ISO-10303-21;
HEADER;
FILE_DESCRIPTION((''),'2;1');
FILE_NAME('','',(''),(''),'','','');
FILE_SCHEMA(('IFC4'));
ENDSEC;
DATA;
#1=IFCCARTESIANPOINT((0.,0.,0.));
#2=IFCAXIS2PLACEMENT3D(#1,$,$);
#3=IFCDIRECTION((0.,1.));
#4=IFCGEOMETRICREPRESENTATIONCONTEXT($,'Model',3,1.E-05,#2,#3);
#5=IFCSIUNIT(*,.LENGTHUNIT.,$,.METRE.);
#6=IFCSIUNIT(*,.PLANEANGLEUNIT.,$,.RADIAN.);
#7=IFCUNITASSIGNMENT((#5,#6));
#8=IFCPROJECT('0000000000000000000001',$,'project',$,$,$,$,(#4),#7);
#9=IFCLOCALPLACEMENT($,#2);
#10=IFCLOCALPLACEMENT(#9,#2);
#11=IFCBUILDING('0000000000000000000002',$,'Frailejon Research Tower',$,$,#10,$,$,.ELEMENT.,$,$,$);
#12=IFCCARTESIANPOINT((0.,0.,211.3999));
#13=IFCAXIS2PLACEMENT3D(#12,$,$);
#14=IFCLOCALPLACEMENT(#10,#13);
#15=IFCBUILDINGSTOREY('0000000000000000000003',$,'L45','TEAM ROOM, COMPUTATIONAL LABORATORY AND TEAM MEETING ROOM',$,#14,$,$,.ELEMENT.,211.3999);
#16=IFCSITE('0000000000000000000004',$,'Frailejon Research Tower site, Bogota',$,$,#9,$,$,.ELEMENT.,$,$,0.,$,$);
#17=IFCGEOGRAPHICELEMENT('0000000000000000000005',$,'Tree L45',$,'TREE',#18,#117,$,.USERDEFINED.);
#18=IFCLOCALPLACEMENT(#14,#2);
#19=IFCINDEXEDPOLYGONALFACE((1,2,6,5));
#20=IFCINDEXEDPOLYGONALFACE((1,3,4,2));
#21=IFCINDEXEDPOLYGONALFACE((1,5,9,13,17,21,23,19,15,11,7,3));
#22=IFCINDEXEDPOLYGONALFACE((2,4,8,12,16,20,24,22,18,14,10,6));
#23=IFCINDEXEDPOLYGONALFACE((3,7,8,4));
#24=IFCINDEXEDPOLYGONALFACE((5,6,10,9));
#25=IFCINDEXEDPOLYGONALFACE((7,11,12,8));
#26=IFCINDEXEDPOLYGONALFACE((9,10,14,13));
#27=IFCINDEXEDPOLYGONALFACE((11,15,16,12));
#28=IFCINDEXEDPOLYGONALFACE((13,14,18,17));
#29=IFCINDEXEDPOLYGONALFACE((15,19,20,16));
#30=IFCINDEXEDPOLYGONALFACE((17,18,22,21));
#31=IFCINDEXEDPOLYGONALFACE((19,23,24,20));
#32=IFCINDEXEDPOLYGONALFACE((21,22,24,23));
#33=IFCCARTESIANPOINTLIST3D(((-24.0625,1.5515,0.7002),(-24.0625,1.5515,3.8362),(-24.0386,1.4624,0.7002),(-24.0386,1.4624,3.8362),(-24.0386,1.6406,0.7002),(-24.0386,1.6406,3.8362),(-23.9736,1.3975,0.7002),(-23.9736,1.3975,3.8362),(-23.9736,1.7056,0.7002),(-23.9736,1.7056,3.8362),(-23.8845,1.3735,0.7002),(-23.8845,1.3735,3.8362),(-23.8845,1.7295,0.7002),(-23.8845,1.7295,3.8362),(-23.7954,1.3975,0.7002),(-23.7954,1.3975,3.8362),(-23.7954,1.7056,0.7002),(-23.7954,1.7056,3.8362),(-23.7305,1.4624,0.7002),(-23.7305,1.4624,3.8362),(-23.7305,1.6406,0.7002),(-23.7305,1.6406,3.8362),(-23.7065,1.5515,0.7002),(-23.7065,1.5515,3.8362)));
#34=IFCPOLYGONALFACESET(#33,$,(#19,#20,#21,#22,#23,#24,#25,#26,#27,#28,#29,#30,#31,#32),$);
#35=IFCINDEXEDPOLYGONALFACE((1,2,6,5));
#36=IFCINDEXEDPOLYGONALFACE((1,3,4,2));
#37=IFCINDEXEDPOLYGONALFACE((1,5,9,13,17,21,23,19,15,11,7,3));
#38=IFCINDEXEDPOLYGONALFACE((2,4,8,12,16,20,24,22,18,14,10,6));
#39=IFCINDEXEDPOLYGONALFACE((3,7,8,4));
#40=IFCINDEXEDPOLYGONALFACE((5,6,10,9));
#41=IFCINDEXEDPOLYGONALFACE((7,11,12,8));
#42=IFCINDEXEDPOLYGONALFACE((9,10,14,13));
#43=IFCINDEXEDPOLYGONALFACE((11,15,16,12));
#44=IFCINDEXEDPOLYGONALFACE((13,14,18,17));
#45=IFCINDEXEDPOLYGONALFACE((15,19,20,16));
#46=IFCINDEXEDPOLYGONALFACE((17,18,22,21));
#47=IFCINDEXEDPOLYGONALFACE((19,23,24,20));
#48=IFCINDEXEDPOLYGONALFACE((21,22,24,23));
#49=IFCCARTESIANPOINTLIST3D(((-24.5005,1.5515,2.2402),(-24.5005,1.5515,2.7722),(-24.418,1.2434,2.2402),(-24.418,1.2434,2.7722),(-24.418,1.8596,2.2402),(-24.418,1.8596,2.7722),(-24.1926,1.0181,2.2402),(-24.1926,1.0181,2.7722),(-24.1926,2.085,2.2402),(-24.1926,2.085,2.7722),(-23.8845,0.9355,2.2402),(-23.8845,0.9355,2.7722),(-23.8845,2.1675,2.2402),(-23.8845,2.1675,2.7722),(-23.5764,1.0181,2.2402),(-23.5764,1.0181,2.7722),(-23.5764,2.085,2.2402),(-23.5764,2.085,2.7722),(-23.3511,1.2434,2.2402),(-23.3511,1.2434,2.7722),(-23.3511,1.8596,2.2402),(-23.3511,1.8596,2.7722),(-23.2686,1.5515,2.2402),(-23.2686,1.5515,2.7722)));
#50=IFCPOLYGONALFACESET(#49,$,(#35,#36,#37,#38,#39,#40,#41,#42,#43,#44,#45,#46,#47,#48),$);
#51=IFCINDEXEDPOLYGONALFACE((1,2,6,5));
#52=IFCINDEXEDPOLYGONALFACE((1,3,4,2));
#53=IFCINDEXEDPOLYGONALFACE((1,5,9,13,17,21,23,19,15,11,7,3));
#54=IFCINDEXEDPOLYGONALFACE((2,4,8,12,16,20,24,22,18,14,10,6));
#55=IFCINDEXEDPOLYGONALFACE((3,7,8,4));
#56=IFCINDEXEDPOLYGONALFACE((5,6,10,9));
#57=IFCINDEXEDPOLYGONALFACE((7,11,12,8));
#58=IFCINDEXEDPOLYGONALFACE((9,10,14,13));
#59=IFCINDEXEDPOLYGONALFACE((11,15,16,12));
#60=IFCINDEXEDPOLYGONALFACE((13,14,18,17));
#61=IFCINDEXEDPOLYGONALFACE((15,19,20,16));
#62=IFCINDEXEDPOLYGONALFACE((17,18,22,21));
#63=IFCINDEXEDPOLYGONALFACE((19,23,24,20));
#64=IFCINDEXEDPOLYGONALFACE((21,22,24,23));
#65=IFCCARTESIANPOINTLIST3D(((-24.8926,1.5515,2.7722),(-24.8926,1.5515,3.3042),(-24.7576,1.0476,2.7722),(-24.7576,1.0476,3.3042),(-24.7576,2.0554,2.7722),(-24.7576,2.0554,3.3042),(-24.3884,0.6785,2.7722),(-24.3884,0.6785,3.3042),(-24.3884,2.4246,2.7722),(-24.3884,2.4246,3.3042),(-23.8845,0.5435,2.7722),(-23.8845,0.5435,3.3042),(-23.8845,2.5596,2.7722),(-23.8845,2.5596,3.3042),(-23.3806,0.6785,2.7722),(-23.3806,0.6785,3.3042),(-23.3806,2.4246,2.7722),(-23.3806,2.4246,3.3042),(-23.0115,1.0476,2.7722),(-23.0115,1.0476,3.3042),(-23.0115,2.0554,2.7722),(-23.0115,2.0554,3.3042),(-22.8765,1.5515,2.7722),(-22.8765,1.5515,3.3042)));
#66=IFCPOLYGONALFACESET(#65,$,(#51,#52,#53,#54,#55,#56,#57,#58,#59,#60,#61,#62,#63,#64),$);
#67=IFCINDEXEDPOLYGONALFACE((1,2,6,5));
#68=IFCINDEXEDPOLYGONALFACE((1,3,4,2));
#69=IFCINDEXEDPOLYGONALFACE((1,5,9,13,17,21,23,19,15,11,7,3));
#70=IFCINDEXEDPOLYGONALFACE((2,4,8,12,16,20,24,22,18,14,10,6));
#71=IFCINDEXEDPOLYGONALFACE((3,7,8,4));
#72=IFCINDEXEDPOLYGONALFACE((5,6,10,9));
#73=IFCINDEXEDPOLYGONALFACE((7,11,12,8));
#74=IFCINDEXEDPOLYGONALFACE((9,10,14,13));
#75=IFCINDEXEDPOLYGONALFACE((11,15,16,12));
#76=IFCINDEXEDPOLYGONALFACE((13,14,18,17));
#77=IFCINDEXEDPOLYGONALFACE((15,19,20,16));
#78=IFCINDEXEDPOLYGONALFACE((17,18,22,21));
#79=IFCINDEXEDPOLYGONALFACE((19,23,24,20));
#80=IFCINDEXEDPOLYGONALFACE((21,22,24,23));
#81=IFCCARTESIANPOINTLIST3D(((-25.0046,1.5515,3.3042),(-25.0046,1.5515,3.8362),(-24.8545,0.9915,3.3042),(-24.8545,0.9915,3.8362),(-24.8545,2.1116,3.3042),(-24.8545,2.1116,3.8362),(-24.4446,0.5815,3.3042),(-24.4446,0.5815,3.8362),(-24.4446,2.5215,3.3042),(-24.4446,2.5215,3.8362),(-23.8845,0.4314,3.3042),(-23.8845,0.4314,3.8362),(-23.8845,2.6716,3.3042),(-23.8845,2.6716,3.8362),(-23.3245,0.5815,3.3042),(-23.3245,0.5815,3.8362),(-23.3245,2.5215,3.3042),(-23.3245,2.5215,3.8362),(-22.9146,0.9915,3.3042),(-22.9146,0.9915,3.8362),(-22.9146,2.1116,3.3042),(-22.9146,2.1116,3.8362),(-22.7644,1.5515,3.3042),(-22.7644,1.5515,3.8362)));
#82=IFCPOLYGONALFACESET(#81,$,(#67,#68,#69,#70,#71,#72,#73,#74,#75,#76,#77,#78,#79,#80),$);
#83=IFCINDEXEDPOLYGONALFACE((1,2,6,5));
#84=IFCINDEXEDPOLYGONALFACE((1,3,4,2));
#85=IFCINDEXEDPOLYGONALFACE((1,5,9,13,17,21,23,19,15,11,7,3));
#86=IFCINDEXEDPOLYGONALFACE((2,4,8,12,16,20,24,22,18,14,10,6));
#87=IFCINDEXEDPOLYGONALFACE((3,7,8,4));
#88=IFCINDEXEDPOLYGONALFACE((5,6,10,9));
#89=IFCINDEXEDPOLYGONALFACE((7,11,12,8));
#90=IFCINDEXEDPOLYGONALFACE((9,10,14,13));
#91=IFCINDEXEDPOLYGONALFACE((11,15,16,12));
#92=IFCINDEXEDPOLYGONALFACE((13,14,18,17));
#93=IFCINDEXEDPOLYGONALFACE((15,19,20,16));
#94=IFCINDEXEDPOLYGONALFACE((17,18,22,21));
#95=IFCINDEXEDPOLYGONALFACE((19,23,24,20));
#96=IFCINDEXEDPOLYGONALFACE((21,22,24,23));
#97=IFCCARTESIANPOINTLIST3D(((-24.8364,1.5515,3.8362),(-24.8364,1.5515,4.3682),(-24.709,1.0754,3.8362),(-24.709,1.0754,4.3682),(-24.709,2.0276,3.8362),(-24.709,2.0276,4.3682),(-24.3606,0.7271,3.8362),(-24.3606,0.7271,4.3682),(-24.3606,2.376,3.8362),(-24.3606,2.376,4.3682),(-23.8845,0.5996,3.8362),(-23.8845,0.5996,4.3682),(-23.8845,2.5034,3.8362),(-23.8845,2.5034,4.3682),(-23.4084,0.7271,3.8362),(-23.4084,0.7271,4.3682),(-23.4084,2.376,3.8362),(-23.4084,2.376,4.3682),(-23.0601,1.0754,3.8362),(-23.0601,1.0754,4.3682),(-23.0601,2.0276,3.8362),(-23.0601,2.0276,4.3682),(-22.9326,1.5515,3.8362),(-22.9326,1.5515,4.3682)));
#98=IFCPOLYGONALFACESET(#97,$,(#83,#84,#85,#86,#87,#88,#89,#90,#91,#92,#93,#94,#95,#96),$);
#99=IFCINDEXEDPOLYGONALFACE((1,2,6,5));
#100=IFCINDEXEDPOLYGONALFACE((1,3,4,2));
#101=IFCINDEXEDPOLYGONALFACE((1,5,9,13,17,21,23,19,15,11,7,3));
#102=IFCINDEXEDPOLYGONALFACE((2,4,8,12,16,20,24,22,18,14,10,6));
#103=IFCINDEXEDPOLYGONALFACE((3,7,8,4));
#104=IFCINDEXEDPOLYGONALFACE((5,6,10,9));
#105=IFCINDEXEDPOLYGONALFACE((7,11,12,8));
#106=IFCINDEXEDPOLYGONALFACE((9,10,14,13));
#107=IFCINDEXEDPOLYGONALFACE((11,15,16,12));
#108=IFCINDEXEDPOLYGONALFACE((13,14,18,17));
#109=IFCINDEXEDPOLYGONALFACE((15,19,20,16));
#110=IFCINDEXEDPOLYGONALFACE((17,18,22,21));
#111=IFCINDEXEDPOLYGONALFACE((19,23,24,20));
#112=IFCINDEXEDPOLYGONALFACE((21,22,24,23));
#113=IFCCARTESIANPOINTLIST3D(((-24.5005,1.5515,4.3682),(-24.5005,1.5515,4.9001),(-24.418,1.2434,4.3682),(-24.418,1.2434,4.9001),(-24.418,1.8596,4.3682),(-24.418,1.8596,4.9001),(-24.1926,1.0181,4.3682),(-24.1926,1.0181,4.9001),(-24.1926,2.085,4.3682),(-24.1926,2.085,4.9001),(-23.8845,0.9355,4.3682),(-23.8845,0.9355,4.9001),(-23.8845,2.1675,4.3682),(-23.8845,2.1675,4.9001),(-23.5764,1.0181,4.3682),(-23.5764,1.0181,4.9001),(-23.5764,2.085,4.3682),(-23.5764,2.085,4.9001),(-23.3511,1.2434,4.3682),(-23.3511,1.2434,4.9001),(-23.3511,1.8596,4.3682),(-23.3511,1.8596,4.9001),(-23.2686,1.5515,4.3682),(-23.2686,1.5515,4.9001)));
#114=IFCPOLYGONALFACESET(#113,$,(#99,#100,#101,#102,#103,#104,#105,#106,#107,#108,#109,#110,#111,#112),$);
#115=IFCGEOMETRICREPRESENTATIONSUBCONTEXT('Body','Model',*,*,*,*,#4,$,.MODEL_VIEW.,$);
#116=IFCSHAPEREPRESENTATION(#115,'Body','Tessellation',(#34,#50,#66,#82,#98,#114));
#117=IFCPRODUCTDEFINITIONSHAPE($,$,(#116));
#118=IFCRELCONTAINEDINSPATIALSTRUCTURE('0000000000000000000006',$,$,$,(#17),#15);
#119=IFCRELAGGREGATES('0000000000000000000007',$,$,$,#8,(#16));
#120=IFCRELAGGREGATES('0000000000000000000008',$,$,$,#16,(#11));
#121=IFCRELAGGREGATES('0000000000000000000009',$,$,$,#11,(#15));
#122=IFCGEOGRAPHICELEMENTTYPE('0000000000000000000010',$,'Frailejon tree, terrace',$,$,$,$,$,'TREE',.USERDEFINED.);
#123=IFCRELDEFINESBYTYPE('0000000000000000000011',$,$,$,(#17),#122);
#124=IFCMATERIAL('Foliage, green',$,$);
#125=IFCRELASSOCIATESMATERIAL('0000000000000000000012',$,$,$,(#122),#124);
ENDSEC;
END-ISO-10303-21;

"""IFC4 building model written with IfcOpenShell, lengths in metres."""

from ifc_helpers import new_model, si_unit, direction, frame, origin, place, context, subcontext, project, spatial, polyline, outline, extrude, material, type_object, element, save


model = new_model("IFC4")

# Units and contexts
model_context = context("Model", 3, precision=1e-05, world=origin(), true_north=direction((0.0, 1.0)))
body_context = subcontext(model_context, "Body", "Model", "MODEL_VIEW")
ifc_project = project(units=[si_unit("LENGTHUNIT", "METRE"), si_unit("PLANEANGLEUNIT", "RADIAN")], contexts=[model_context])

# Site, building, storey
site_placement = place(None, origin())
site = spatial("IfcSite", under=ifc_project, at=site_placement, Name="Frailejon Research Tower site, Bogota", CompositionType="ELEMENT", RefElevation=0.0)
building_placement = place(site_placement, origin())
building = spatial("IfcBuilding", under=site, at=building_placement, Name="Frailejon Research Tower", CompositionType="ELEMENT")
storey_placement = place(building_placement, frame((0.0, 0.0, 211.3999)))
storey = spatial("IfcBuildingStorey", under=building, at=storey_placement, Name="L45", Description="TEAM ROOM, COMPUTATIONAL LABORATORY AND TEAM MEETING ROOM", CompositionType="ELEMENT", Elevation=211.3999)

# Geographic element
ifc_material_1 = material(Name="Foliage, green")
geographic_element_type = type_object("IfcGeographicElementType", Name="Frailejon tree, terrace", ElementType="TREE", PredefinedType="USERDEFINED", material=ifc_material_1)
geographic_element_placement = place(storey_placement, frame((-23.8845, 1.5515, 0.7002)))
element("IfcGeographicElement", 1, at=geographic_element_placement, inside=storey, type_object=geographic_element_type, Name="Tree L45", ObjectType="TREE", PredefinedType="USERDEFINED", context=body_context, shape_type="SweptSolid", body=[
    extrude(outline(polyline([(0.178, 0.0), (0.1541, 0.0891), (0.0891, 0.1541), (0.0, 0.178), (-0.0891, 0.1541), (-0.1541, 0.0891), (-0.178, 0.0), (-0.1541, -0.0891), (-0.0891, -0.1541), (0.0, -0.178), (0.0891, -0.1541), (0.1541, -0.0891), (0.178, 0.0)])), origin(), (0.0, 0.0, 1.0), 3.136),
    extrude(outline(polyline([(0.616, 0.0), (0.5334, 0.3081), (0.3081, 0.5334), (0.0, 0.616), (-0.3081, 0.5334), (-0.5334, 0.3081), (-0.616, 0.0), (-0.5334, -0.3081), (-0.3081, -0.5334), (0.0, -0.616), (0.3081, -0.5334), (0.5334, -0.3081), (0.616, 0.0)])), frame((0.0, 0.0, 1.54)), (0.0, 0.0, 1.0), 0.532),
    extrude(outline(polyline([(1.0081, 0.0), (0.873, 0.5039), (0.5039, 0.873), (0.0, 1.0081), (-0.5039, 0.873), (-0.873, 0.5039), (-1.0081, 0.0), (-0.873, -0.5039), (-0.5039, -0.873), (0.0, -1.0081), (0.5039, -0.873), (0.873, -0.5039), (1.0081, 0.0)])), frame((0.0, 0.0, 2.072)), (0.0, 0.0, 1.0), 0.532),
    extrude(outline(polyline([(1.1201, 0.0), (0.97, 0.5601), (0.5601, 0.97), (0.0, 1.1201), (-0.5601, 0.97), (-0.97, 0.5601), (-1.1201, 0.0), (-0.97, -0.5601), (-0.5601, -0.97), (0.0, -1.1201), (0.5601, -0.97), (0.97, -0.5601), (1.1201, 0.0)])), frame((0.0, 0.0, 2.604)), (0.0, 0.0, 1.0), 0.532),
    extrude(outline(polyline([(0.9519, 0.0), (0.8245, 0.4761), (0.4761, 0.8245), (0.0, 0.9519), (-0.4761, 0.8245), (-0.8245, 0.4761), (-0.9519, 0.0), (-0.8245, -0.4761), (-0.4761, -0.8245), (0.0, -0.9519), (0.4761, -0.8245), (0.8245, -0.4761), (0.9519, 0.0)])), frame((0.0, 0.0, 3.136)), (0.0, 0.0, 1.0), 0.532),
    extrude(outline(polyline([(0.616, 0.0), (0.5334, 0.3081), (0.3081, 0.5334), (0.0, 0.616), (-0.3081, 0.5334), (-0.5334, 0.3081), (-0.616, 0.0), (-0.5334, -0.3081), (-0.3081, -0.5334), (0.0, -0.616), (0.3081, -0.5334), (0.5334, -0.3081), (0.616, 0.0)])), frame((0.0, 0.0, 3.668)), (0.0, 0.0, 1.0), 0.532),
])

save(model, "model.ifc")
